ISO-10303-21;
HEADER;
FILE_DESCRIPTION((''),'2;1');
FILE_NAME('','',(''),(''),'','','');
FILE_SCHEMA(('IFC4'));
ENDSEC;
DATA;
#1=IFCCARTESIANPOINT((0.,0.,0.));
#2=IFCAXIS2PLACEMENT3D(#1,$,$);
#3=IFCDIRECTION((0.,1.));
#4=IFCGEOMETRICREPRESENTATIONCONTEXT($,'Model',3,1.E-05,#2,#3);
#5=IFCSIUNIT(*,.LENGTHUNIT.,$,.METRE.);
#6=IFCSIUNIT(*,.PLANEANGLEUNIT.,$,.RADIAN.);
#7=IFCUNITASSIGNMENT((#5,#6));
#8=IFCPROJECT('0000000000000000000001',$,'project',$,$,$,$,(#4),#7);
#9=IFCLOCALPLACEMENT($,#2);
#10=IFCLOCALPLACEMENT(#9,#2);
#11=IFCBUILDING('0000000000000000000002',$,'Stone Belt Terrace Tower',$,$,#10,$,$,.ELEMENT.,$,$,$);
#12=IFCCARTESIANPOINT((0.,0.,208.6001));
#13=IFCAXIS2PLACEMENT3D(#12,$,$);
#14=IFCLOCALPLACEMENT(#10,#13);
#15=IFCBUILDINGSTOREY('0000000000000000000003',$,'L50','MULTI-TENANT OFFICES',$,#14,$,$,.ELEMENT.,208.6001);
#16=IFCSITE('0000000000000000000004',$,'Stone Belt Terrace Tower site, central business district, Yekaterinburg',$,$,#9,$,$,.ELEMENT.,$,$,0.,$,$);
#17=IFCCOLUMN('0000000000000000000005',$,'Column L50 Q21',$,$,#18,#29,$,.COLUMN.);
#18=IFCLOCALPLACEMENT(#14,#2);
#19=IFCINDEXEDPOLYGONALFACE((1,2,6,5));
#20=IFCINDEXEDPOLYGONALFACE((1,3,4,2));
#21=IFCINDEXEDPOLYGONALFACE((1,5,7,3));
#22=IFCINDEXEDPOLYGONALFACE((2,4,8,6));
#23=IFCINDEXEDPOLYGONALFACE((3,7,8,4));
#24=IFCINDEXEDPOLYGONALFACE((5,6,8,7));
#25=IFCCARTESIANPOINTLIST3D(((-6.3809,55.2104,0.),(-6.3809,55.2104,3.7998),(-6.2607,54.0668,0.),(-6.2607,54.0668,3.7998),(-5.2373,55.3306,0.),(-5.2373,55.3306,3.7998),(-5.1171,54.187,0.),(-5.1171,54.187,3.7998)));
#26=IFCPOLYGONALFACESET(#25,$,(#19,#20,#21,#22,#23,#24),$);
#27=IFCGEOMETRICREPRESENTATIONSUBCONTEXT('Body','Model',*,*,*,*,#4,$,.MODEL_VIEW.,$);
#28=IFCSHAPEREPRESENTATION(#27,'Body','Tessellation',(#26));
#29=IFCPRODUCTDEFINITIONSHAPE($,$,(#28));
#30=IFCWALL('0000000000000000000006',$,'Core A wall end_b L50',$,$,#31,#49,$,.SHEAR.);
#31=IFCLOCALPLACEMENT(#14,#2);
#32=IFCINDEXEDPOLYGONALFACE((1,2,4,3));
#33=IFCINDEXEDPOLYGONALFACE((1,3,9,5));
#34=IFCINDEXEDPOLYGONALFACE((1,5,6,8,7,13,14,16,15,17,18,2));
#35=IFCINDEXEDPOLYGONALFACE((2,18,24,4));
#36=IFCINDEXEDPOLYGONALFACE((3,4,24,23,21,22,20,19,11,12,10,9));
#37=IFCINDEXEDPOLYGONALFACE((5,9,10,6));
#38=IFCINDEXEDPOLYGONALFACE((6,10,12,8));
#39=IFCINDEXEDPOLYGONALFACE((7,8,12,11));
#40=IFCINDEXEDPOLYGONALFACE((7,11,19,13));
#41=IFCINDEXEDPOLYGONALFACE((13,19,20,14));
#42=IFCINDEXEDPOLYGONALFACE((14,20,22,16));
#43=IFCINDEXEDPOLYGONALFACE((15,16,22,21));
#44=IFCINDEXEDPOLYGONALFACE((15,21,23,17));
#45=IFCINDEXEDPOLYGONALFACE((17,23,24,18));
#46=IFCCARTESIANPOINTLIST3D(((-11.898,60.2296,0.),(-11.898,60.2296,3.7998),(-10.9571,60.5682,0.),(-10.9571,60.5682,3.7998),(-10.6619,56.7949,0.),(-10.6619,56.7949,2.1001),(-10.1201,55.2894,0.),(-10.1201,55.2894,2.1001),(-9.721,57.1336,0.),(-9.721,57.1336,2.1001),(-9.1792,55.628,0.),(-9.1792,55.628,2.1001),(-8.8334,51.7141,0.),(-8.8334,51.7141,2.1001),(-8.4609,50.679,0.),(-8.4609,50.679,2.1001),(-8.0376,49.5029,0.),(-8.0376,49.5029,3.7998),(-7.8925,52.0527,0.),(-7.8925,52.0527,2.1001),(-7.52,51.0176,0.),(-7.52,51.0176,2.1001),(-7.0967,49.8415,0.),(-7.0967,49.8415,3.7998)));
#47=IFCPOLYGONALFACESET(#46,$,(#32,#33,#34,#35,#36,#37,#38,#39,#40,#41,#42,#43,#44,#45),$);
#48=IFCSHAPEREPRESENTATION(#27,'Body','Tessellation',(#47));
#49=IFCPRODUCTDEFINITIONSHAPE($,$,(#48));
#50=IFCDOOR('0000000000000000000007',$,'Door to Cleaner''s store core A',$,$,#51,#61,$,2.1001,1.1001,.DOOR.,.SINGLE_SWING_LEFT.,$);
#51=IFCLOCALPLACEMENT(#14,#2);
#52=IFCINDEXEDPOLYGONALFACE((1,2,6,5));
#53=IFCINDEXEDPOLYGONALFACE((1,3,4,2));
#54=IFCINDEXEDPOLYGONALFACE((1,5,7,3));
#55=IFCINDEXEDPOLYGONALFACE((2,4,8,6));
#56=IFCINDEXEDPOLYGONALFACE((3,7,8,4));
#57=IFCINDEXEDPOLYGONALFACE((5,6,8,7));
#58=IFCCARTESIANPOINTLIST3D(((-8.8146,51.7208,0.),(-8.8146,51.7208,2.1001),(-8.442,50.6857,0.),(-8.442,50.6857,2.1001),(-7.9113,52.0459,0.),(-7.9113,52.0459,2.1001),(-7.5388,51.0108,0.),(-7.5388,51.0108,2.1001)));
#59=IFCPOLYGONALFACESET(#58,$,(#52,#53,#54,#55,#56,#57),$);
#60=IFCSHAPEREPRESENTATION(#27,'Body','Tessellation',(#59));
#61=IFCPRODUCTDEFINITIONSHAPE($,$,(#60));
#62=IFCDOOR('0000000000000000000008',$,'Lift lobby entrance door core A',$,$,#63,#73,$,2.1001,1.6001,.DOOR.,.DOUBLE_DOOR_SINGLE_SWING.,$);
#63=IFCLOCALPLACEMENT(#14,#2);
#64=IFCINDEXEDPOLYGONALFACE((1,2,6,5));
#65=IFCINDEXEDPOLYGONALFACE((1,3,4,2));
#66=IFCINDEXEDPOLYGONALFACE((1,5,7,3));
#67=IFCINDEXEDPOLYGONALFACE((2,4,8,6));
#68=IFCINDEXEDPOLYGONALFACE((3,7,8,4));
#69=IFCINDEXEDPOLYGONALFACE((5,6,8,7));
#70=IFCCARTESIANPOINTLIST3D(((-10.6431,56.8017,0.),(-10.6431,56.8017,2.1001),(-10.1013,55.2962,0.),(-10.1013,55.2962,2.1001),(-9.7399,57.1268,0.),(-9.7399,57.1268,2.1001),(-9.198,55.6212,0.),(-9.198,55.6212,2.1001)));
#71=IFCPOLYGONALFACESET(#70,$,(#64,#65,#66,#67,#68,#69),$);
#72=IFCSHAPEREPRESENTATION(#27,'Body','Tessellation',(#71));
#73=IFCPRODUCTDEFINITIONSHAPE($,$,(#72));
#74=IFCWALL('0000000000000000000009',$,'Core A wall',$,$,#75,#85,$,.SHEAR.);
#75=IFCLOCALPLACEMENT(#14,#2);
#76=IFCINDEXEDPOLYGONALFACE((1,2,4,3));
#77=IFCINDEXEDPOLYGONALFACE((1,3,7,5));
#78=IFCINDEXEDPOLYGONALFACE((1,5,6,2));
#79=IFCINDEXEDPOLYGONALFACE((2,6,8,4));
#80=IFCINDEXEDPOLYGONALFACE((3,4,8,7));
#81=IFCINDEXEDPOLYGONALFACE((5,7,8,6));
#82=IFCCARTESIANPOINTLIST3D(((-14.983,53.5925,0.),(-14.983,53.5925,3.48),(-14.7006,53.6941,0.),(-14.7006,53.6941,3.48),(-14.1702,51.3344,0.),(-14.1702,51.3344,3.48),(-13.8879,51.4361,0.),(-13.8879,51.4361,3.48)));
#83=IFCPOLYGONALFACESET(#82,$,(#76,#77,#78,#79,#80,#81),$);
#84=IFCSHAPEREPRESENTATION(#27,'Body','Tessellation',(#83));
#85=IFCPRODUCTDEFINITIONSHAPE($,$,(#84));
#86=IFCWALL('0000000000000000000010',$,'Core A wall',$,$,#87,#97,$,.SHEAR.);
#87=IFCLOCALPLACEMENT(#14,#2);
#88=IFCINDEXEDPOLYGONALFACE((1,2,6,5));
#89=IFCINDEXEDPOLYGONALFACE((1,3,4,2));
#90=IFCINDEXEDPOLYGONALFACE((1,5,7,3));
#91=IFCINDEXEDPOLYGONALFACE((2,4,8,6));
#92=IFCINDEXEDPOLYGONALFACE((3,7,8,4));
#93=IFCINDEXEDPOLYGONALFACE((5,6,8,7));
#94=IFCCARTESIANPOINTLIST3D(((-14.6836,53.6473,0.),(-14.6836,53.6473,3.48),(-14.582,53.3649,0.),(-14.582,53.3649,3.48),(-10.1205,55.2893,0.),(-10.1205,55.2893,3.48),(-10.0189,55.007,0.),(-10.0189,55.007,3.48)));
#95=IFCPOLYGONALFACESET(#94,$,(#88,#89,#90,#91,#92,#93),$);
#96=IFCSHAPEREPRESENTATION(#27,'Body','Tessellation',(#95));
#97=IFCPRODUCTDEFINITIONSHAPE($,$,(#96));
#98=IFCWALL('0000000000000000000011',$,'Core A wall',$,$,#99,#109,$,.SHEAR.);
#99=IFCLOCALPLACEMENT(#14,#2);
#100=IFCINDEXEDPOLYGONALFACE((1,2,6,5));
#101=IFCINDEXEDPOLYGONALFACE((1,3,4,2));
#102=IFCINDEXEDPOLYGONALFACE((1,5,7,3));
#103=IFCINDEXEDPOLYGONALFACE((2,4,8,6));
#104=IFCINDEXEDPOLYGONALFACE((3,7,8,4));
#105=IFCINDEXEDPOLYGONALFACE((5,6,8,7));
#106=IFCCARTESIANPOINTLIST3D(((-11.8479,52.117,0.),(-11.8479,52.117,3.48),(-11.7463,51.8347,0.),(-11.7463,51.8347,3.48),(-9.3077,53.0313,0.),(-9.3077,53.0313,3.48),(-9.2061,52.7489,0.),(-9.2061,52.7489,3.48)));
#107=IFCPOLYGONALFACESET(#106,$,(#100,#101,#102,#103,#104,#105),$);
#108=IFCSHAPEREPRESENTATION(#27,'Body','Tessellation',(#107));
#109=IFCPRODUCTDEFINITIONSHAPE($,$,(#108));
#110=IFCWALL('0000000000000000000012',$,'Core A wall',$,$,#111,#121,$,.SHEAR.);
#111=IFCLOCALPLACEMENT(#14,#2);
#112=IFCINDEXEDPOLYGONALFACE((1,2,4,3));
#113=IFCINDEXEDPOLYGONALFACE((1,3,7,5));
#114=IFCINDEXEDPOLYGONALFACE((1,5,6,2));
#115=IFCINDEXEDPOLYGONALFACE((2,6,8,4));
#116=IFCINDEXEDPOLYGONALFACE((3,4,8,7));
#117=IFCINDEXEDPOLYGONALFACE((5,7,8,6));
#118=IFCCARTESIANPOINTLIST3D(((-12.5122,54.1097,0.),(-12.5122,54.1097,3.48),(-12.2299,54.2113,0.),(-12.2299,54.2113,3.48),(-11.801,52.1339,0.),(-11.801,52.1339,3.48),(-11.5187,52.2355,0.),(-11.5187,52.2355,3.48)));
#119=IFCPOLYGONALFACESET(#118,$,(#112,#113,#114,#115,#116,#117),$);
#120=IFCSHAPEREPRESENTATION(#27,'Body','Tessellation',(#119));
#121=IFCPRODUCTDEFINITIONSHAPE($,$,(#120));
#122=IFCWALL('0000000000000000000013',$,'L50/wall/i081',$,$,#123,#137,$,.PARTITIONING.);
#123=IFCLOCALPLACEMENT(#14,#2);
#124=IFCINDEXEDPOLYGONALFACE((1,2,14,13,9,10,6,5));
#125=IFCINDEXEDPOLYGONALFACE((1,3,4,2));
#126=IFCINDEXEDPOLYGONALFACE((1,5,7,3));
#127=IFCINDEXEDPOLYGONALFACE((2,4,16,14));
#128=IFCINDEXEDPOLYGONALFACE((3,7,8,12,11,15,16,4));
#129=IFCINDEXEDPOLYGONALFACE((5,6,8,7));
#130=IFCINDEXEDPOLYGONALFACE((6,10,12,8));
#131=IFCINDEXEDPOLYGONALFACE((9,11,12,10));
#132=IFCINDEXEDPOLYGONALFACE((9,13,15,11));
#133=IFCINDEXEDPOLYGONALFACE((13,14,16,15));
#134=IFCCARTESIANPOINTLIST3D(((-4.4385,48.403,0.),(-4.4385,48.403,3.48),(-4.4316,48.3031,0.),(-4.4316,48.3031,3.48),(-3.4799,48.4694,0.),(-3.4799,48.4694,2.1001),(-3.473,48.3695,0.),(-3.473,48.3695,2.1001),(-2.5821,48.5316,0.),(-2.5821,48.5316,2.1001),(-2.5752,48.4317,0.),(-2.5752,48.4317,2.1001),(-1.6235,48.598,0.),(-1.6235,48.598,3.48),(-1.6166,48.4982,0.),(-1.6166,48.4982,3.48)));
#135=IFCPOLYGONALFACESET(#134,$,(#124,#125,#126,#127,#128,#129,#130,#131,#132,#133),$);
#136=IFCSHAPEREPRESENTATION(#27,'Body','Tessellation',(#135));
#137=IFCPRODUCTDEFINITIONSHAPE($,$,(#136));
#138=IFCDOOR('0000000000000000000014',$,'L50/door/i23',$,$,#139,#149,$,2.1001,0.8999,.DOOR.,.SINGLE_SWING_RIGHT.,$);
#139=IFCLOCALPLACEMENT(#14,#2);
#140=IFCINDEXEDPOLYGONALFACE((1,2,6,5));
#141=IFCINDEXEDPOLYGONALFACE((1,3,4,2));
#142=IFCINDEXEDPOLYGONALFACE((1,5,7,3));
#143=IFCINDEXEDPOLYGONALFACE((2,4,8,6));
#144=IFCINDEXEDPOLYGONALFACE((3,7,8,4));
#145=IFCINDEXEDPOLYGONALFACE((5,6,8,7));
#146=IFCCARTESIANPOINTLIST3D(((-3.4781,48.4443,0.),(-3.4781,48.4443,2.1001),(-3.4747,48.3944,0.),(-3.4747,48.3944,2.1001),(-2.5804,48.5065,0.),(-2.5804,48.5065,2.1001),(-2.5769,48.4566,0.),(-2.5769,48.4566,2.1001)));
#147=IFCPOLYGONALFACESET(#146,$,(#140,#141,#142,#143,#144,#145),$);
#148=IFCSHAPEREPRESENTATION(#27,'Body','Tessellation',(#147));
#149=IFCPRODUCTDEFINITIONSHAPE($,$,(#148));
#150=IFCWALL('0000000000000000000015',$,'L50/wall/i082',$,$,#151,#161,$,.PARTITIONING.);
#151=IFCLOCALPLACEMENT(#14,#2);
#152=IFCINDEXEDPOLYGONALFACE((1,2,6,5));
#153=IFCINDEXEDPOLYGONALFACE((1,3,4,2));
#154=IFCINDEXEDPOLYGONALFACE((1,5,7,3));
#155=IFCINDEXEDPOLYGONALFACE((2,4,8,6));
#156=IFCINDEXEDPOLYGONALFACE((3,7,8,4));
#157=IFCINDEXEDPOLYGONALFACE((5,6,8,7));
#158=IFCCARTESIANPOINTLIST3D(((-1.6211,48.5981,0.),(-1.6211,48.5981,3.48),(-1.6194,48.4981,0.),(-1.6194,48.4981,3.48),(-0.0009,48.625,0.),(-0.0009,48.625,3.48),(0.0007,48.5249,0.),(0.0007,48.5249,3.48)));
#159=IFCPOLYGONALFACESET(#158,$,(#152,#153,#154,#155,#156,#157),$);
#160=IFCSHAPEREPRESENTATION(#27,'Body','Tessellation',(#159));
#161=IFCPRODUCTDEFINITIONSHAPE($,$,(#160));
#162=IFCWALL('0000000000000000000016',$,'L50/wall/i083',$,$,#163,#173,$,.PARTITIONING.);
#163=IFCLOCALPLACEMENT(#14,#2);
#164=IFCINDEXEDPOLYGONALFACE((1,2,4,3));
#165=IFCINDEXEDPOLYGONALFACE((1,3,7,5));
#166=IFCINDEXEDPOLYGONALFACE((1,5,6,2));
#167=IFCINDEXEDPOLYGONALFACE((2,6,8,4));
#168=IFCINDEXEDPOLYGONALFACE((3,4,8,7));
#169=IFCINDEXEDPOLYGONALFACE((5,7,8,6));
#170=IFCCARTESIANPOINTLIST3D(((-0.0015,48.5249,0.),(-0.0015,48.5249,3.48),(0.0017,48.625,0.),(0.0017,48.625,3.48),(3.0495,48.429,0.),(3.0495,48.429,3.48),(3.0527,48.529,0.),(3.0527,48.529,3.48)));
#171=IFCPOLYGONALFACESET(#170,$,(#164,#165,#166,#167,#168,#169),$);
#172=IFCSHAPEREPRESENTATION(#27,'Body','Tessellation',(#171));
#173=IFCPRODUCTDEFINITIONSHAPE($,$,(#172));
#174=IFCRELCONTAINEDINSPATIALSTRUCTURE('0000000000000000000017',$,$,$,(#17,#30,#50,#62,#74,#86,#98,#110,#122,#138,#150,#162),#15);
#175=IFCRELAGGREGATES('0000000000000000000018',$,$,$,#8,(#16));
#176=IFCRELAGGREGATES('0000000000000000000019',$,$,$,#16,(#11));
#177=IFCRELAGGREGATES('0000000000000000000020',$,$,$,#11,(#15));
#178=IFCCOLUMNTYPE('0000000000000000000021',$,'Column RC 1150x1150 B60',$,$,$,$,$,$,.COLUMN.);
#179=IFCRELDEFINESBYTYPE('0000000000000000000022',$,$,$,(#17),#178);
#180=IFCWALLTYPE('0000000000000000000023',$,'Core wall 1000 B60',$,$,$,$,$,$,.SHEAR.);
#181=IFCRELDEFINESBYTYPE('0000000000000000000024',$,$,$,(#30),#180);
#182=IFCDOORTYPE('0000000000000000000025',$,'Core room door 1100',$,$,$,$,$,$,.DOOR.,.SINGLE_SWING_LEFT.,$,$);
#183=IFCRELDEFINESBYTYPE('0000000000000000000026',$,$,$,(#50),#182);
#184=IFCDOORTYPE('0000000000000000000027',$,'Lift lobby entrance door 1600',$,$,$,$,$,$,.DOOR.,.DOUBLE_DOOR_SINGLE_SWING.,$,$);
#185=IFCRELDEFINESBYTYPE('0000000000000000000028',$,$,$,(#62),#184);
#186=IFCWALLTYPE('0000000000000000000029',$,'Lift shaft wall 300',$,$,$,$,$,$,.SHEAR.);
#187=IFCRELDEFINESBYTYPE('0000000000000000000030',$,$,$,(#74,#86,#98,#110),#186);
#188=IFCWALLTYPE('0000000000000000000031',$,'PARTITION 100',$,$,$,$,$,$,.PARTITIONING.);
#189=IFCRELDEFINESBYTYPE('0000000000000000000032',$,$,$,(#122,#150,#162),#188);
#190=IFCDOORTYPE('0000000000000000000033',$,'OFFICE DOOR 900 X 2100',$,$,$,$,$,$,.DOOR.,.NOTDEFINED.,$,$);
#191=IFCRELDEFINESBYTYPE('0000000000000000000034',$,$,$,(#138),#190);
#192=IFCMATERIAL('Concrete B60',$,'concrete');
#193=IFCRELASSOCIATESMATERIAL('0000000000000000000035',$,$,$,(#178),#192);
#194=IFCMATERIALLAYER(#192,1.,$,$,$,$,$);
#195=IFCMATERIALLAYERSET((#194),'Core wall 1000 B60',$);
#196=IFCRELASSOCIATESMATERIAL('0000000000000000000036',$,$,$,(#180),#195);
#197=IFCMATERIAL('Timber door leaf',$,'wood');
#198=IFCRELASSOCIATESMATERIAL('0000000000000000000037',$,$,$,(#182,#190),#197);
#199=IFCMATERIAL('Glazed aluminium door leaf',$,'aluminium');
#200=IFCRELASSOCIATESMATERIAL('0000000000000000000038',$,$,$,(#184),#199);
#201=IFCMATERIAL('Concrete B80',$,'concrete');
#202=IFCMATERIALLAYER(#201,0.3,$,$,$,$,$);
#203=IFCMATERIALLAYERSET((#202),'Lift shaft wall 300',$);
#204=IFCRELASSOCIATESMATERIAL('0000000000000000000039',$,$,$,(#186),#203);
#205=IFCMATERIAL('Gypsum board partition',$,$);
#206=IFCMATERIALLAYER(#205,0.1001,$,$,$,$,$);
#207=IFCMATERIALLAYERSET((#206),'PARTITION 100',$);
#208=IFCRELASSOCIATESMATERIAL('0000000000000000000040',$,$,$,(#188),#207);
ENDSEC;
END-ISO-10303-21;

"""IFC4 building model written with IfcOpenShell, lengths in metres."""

from ifc_helpers import new_model, si_unit, direction, frame, frame_2d, origin, origin_2d, place, context, subcontext, project, spatial, rectangle, extrude, material, layer, layer_set, material_profile, profile_set, type_object, element, fill, save


model = new_model("IFC4")

# Units and contexts
model_context = context("Model", 3, precision=1e-05, world=origin(), true_north=direction((0.0, 1.0)))
body_context = subcontext(model_context, "Body", "Model", "MODEL_VIEW")
ifc_project = project(units=[si_unit("LENGTHUNIT", "METRE"), si_unit("PLANEANGLEUNIT", "RADIAN")], contexts=[model_context])

# Site, building, storey
site_placement = place(None, origin())
site = spatial("IfcSite", under=ifc_project, at=site_placement, Name="Stone Belt Terrace Tower site, central business district, Yekaterinburg", CompositionType="ELEMENT", RefElevation=0.0)
building_placement = place(site_placement, origin())
building = spatial("IfcBuilding", under=site, at=building_placement, Name="Stone Belt Terrace Tower", CompositionType="ELEMENT")
storey_placement = place(building_placement, frame((0.0, 0.0, 208.6001)))
storey = spatial("IfcBuildingStorey", under=building, at=storey_placement, Name="L50", Description="MULTI-TENANT OFFICES", CompositionType="ELEMENT", Elevation=208.6001)

# Column
ifc_material_1 = material(Name="Concrete B60", Category="concrete")
ifc_material_profile = material_profile(ifc_material_1, rectangle(XDim=1.1499, YDim=1.1499, at=origin_2d()), Name="RC 1150x1150")
ifc_profile_set = profile_set([ifc_material_profile], Name="Concrete B60")
column_type = type_object("IfcColumnType", Name="Column RC 1150x1150 B60", PredefinedType="COLUMN", material=ifc_profile_set)
column_placement = place(storey_placement, frame((-5.749, 54.6987, 0.0), z_axis=(0.0, 0.0, 1.0), x_axis=(0.994522, 0.104528, 0.0)))
element("IfcColumn", 1, at=column_placement, inside=storey, type_object=column_type, Name="Column L50 Q21", PredefinedType="COLUMN", context=body_context, shape_type="SweptSolid", body=[
    extrude(rectangle(XDim=1.1499, YDim=1.1499, at=origin_2d()), origin(), (0.0, 0.0, 1.0), 3.7998),
])

# Wall, openings, doors
ifc_layer_1 = layer(ifc_material_1, 1.0)
ifc_layer_set_1 = layer_set([ifc_layer_1], Name="Core wall 1000 B60")
wall_type_1 = type_object("IfcWallType", Name="Core wall 1000 B60", PredefinedType="SHEAR", material=ifc_layer_set_1)
wall_1_placement = place(storey_placement, frame((-7.5671, 49.6721, 0.0), z_axis=(0.0, 0.0, 1.0), x_axis=(-0.338625, 0.940921, 0.0)))
wall_1 = element("IfcWall", 2, at=wall_1_placement, inside=storey, type_object=wall_type_1, Name="Core A wall end_b L50", PredefinedType="SHEAR", context=body_context, shape_type="SweptSolid", body=[
    extrude(rectangle(XDim=11.4001, YDim=1.0, at=frame_2d((5.7002, 0.0))), origin(), (0.0, 0.0, 1.0), 3.7998),
])
opening_1_placement = place(wall_1_placement, frame((6.1499, 0.0, 0.0)))
opening_1 = element("IfcOpeningElement", 3, at=opening_1_placement, cuts=wall_1, PredefinedType="OPENING", context=body_context, shape_type="SweptSolid", body=[
    extrude(rectangle(XDim=1.6001, YDim=2.1001, at=frame_2d((0.8, 1.05))), frame((0.0, 0.51, 0.0), z_axis=(0.0, -1.0, 0.0), x_axis=(1.0, 0.0, 0.0)), (0.0, 0.0, 1.0), 1.02),
])
opening_2_placement = place(wall_1_placement, frame((1.25, 0.0, 0.0)))
opening_2 = element("IfcOpeningElement", 4, at=opening_2_placement, cuts=wall_1, PredefinedType="OPENING", context=body_context, shape_type="SweptSolid", body=[
    extrude(rectangle(XDim=1.1001, YDim=2.1001, at=frame_2d((0.55, 1.05))), frame((0.0, 0.51, 0.0), z_axis=(0.0, -1.0, 0.0), x_axis=(1.0, 0.0, 0.0)), (0.0, 0.0, 1.0), 1.02),
])
ifc_material_2 = material(Name="Timber door leaf", Category="wood")
door_type_1 = type_object("IfcDoorType", Name="Core room door 1100", OperationType="SINGLE_SWING_LEFT", PredefinedType="DOOR", material=ifc_material_2)
door_1_placement = place(opening_2_placement, origin())
door_1 = element("IfcDoor", 5, at=door_1_placement, inside=storey, type_object=door_type_1, Name="Door to Cleaner's store core A", OperationType="SINGLE_SWING_LEFT", OverallHeight=2.1001, OverallWidth=1.1001, PredefinedType="DOOR", context=body_context, shape_type="SweptSolid", body=[
    extrude(rectangle(XDim=1.1001, YDim=2.1001, at=frame_2d((0.55, 1.05))), frame((0.0, 0.48, 0.0), z_axis=(0.0, -1.0, 0.0), x_axis=(1.0, 0.0, 0.0)), (0.0, 0.0, 1.0), 0.96),
])
fill(opening_2, door_1)
ifc_material_3 = material(Name="Glazed aluminium door leaf", Category="aluminium")
door_type_2 = type_object("IfcDoorType", Name="Lift lobby entrance door 1600", OperationType="DOUBLE_DOOR_SINGLE_SWING", PredefinedType="DOOR", material=ifc_material_3)
door_2_placement = place(opening_1_placement, origin())
door_2 = element("IfcDoor", 6, at=door_2_placement, inside=storey, type_object=door_type_2, Name="Lift lobby entrance door core A", OperationType="DOUBLE_DOOR_SINGLE_SWING", OverallHeight=2.1001, OverallWidth=1.6001, PredefinedType="DOOR", context=body_context, shape_type="SweptSolid", body=[
    extrude(rectangle(XDim=1.6001, YDim=2.1001, at=frame_2d((0.8, 1.05))), frame((0.0, 0.48, 0.0), z_axis=(0.0, -1.0, 0.0), x_axis=(1.0, 0.0, 0.0)), (0.0, 0.0, 1.0), 0.96),
])
fill(opening_1, door_2)

# Walls
ifc_material_4 = material(Name="Concrete B80", Category="concrete")
ifc_layer_2 = layer(ifc_material_4, 0.3)
ifc_layer_set_2 = layer_set([ifc_layer_2], Name="Lift shaft wall 300")
wall_type_2 = type_object("IfcWallType", Name="Lift shaft wall 300", PredefinedType="SHEAR", material=ifc_layer_set_2)
wall_2_placement = place(storey_placement, frame((-14.0291, 51.3853, 0.0), z_axis=(0.0, 0.0, 1.0), x_axis=(-0.338662, 0.940908, 0.0)))
element("IfcWall", 7, at=wall_2_placement, inside=storey, type_object=wall_type_2, Name="Core A wall", PredefinedType="SHEAR", context=body_context, shape_type="SweptSolid", body=[
    extrude(rectangle(XDim=2.3999, YDim=0.3, at=frame_2d((1.2, 0.0))), origin(), (0.0, 0.0, 1.0), 3.48),
])
wall_3_placement = place(storey_placement, frame((-14.6328, 53.5061, 0.0), z_axis=(0.0, 0.0, 1.0), x_axis=(0.940932, 0.338596, 0.0)))
element("IfcWall", 8, at=wall_3_placement, inside=storey, type_object=wall_type_2, Name="Core A wall", PredefinedType="SHEAR", context=body_context, shape_type="SweptSolid", body=[
    extrude(rectangle(XDim=4.8496, YDim=0.3, at=frame_2d((2.4248, 0.0))), origin(), (0.0, 0.0, 1.0), 3.48),
])
wall_4_placement = place(storey_placement, frame((-11.7971, 51.9758, 0.0), z_axis=(0.0, 0.0, 1.0), x_axis=(0.94091, 0.338655, 0.0)))
element("IfcWall", 9, at=wall_4_placement, inside=storey, type_object=wall_type_2, Name="Core A wall", PredefinedType="SHEAR", context=body_context, shape_type="SweptSolid", body=[
    extrude(rectangle(XDim=2.6997, YDim=0.3, at=frame_2d((1.3499, 0.0))), origin(), (0.0, 0.0, 1.0), 3.48),
])
wall_5_placement = place(storey_placement, frame((-11.6599, 52.1848, 0.0), z_axis=(0.0, 0.0, 1.0), x_axis=(-0.33867, 0.940905, 0.0)))
element("IfcWall", 10, at=wall_5_placement, inside=storey, type_object=wall_type_2, Name="Core A wall", PredefinedType="SHEAR", context=body_context, shape_type="SweptSolid", body=[
    extrude(rectangle(XDim=2.0999, YDim=0.3, at=frame_2d((1.0498, 0.0))), origin(), (0.0, 0.0, 1.0), 3.48),
])

# Wall, opening, door
ifc_material_5 = material(Name="Gypsum board partition")
ifc_layer_3 = layer(ifc_material_5, 0.1001)
ifc_layer_set_3 = layer_set([ifc_layer_3], Name="PARTITION 100")
wall_type_3 = type_object("IfcWallType", Name="PARTITION 100", PredefinedType="PARTITIONING", material=ifc_layer_set_3)
wall_6_placement = place(storey_placement, frame((-4.4351, 48.353, 0.0), z_axis=(0.0, 0.0, 1.0), x_axis=(0.997608, 0.069132, 0.0)))
wall_6 = element("IfcWall", 11, at=wall_6_placement, inside=storey, type_object=wall_type_3, Name="L50/wall/i081", PredefinedType="PARTITIONING", context=body_context, shape_type="SweptSolid", body=[
    extrude(rectangle(XDim=2.8218, YDim=0.1001, at=frame_2d((1.4109, 0.0))), origin(), (0.0, 0.0, 1.0), 3.48),
])
opening_3_placement = place(wall_6_placement, frame((0.9609, 0.0, 0.0)))
opening_3 = element("IfcOpeningElement", 12, at=opening_3_placement, cuts=wall_6, PredefinedType="OPENING", context=body_context, shape_type="SweptSolid", body=[
    extrude(rectangle(XDim=0.8999, YDim=2.1001, at=frame_2d((0.45, 1.05))), frame((0.0, 0.0601, 0.0), z_axis=(0.0, -1.0, 0.0), x_axis=(1.0, 0.0, 0.0)), (0.0, 0.0, 1.0), 0.1201),
])
door_type_3 = type_object("IfcDoorType", Name="OFFICE DOOR 900 X 2100", OperationType="NOTDEFINED", PredefinedType="DOOR", material=ifc_material_2)
door_3_placement = place(opening_3_placement, origin())
door_3 = element("IfcDoor", 13, at=door_3_placement, inside=storey, type_object=door_type_3, Name="L50/door/i23", OperationType="SINGLE_SWING_RIGHT", OverallHeight=2.1001, OverallWidth=0.8999, PredefinedType="DOOR", context=body_context, shape_type="SweptSolid", body=[
    extrude(rectangle(XDim=0.8999, YDim=2.1001, at=frame_2d((0.45, 1.05))), frame((0.0, 0.0249, 0.0), z_axis=(0.0, -1.0, 0.0), x_axis=(1.0, 0.0, 0.0)), (0.0, 0.0, 1.0), 0.05),
])
fill(opening_3, door_3)

# Walls
wall_7_placement = place(storey_placement, frame((-1.6201, 48.5481, 0.0), z_axis=(0.0, 0.0, 1.0), x_axis=(0.999863, 0.016574, 0.0)))
element("IfcWall", 14, at=wall_7_placement, inside=storey, type_object=wall_type_3, Name="L50/wall/i082", PredefinedType="PARTITIONING", context=body_context, shape_type="SweptSolid", body=[
    extrude(rectangle(XDim=1.6204, YDim=0.1001, at=frame_2d((0.8101, 0.0))), origin(), (0.0, 0.0, 1.0), 3.48),
])
wall_8_placement = place(storey_placement, frame((0.0, 48.575, 0.0), z_axis=(0.0, 0.0, 1.0), x_axis=(0.999506, -0.031432, 0.0)))
element("IfcWall", 15, at=wall_8_placement, inside=storey, type_object=wall_type_3, Name="L50/wall/i083", PredefinedType="PARTITIONING", context=body_context, shape_type="SweptSolid", body=[
    extrude(rectangle(XDim=3.0525, YDim=0.1001, at=frame_2d((1.5264, 0.0))), origin(), (0.0, 0.0, 1.0), 3.48),
])

save(model, "model.ifc")
